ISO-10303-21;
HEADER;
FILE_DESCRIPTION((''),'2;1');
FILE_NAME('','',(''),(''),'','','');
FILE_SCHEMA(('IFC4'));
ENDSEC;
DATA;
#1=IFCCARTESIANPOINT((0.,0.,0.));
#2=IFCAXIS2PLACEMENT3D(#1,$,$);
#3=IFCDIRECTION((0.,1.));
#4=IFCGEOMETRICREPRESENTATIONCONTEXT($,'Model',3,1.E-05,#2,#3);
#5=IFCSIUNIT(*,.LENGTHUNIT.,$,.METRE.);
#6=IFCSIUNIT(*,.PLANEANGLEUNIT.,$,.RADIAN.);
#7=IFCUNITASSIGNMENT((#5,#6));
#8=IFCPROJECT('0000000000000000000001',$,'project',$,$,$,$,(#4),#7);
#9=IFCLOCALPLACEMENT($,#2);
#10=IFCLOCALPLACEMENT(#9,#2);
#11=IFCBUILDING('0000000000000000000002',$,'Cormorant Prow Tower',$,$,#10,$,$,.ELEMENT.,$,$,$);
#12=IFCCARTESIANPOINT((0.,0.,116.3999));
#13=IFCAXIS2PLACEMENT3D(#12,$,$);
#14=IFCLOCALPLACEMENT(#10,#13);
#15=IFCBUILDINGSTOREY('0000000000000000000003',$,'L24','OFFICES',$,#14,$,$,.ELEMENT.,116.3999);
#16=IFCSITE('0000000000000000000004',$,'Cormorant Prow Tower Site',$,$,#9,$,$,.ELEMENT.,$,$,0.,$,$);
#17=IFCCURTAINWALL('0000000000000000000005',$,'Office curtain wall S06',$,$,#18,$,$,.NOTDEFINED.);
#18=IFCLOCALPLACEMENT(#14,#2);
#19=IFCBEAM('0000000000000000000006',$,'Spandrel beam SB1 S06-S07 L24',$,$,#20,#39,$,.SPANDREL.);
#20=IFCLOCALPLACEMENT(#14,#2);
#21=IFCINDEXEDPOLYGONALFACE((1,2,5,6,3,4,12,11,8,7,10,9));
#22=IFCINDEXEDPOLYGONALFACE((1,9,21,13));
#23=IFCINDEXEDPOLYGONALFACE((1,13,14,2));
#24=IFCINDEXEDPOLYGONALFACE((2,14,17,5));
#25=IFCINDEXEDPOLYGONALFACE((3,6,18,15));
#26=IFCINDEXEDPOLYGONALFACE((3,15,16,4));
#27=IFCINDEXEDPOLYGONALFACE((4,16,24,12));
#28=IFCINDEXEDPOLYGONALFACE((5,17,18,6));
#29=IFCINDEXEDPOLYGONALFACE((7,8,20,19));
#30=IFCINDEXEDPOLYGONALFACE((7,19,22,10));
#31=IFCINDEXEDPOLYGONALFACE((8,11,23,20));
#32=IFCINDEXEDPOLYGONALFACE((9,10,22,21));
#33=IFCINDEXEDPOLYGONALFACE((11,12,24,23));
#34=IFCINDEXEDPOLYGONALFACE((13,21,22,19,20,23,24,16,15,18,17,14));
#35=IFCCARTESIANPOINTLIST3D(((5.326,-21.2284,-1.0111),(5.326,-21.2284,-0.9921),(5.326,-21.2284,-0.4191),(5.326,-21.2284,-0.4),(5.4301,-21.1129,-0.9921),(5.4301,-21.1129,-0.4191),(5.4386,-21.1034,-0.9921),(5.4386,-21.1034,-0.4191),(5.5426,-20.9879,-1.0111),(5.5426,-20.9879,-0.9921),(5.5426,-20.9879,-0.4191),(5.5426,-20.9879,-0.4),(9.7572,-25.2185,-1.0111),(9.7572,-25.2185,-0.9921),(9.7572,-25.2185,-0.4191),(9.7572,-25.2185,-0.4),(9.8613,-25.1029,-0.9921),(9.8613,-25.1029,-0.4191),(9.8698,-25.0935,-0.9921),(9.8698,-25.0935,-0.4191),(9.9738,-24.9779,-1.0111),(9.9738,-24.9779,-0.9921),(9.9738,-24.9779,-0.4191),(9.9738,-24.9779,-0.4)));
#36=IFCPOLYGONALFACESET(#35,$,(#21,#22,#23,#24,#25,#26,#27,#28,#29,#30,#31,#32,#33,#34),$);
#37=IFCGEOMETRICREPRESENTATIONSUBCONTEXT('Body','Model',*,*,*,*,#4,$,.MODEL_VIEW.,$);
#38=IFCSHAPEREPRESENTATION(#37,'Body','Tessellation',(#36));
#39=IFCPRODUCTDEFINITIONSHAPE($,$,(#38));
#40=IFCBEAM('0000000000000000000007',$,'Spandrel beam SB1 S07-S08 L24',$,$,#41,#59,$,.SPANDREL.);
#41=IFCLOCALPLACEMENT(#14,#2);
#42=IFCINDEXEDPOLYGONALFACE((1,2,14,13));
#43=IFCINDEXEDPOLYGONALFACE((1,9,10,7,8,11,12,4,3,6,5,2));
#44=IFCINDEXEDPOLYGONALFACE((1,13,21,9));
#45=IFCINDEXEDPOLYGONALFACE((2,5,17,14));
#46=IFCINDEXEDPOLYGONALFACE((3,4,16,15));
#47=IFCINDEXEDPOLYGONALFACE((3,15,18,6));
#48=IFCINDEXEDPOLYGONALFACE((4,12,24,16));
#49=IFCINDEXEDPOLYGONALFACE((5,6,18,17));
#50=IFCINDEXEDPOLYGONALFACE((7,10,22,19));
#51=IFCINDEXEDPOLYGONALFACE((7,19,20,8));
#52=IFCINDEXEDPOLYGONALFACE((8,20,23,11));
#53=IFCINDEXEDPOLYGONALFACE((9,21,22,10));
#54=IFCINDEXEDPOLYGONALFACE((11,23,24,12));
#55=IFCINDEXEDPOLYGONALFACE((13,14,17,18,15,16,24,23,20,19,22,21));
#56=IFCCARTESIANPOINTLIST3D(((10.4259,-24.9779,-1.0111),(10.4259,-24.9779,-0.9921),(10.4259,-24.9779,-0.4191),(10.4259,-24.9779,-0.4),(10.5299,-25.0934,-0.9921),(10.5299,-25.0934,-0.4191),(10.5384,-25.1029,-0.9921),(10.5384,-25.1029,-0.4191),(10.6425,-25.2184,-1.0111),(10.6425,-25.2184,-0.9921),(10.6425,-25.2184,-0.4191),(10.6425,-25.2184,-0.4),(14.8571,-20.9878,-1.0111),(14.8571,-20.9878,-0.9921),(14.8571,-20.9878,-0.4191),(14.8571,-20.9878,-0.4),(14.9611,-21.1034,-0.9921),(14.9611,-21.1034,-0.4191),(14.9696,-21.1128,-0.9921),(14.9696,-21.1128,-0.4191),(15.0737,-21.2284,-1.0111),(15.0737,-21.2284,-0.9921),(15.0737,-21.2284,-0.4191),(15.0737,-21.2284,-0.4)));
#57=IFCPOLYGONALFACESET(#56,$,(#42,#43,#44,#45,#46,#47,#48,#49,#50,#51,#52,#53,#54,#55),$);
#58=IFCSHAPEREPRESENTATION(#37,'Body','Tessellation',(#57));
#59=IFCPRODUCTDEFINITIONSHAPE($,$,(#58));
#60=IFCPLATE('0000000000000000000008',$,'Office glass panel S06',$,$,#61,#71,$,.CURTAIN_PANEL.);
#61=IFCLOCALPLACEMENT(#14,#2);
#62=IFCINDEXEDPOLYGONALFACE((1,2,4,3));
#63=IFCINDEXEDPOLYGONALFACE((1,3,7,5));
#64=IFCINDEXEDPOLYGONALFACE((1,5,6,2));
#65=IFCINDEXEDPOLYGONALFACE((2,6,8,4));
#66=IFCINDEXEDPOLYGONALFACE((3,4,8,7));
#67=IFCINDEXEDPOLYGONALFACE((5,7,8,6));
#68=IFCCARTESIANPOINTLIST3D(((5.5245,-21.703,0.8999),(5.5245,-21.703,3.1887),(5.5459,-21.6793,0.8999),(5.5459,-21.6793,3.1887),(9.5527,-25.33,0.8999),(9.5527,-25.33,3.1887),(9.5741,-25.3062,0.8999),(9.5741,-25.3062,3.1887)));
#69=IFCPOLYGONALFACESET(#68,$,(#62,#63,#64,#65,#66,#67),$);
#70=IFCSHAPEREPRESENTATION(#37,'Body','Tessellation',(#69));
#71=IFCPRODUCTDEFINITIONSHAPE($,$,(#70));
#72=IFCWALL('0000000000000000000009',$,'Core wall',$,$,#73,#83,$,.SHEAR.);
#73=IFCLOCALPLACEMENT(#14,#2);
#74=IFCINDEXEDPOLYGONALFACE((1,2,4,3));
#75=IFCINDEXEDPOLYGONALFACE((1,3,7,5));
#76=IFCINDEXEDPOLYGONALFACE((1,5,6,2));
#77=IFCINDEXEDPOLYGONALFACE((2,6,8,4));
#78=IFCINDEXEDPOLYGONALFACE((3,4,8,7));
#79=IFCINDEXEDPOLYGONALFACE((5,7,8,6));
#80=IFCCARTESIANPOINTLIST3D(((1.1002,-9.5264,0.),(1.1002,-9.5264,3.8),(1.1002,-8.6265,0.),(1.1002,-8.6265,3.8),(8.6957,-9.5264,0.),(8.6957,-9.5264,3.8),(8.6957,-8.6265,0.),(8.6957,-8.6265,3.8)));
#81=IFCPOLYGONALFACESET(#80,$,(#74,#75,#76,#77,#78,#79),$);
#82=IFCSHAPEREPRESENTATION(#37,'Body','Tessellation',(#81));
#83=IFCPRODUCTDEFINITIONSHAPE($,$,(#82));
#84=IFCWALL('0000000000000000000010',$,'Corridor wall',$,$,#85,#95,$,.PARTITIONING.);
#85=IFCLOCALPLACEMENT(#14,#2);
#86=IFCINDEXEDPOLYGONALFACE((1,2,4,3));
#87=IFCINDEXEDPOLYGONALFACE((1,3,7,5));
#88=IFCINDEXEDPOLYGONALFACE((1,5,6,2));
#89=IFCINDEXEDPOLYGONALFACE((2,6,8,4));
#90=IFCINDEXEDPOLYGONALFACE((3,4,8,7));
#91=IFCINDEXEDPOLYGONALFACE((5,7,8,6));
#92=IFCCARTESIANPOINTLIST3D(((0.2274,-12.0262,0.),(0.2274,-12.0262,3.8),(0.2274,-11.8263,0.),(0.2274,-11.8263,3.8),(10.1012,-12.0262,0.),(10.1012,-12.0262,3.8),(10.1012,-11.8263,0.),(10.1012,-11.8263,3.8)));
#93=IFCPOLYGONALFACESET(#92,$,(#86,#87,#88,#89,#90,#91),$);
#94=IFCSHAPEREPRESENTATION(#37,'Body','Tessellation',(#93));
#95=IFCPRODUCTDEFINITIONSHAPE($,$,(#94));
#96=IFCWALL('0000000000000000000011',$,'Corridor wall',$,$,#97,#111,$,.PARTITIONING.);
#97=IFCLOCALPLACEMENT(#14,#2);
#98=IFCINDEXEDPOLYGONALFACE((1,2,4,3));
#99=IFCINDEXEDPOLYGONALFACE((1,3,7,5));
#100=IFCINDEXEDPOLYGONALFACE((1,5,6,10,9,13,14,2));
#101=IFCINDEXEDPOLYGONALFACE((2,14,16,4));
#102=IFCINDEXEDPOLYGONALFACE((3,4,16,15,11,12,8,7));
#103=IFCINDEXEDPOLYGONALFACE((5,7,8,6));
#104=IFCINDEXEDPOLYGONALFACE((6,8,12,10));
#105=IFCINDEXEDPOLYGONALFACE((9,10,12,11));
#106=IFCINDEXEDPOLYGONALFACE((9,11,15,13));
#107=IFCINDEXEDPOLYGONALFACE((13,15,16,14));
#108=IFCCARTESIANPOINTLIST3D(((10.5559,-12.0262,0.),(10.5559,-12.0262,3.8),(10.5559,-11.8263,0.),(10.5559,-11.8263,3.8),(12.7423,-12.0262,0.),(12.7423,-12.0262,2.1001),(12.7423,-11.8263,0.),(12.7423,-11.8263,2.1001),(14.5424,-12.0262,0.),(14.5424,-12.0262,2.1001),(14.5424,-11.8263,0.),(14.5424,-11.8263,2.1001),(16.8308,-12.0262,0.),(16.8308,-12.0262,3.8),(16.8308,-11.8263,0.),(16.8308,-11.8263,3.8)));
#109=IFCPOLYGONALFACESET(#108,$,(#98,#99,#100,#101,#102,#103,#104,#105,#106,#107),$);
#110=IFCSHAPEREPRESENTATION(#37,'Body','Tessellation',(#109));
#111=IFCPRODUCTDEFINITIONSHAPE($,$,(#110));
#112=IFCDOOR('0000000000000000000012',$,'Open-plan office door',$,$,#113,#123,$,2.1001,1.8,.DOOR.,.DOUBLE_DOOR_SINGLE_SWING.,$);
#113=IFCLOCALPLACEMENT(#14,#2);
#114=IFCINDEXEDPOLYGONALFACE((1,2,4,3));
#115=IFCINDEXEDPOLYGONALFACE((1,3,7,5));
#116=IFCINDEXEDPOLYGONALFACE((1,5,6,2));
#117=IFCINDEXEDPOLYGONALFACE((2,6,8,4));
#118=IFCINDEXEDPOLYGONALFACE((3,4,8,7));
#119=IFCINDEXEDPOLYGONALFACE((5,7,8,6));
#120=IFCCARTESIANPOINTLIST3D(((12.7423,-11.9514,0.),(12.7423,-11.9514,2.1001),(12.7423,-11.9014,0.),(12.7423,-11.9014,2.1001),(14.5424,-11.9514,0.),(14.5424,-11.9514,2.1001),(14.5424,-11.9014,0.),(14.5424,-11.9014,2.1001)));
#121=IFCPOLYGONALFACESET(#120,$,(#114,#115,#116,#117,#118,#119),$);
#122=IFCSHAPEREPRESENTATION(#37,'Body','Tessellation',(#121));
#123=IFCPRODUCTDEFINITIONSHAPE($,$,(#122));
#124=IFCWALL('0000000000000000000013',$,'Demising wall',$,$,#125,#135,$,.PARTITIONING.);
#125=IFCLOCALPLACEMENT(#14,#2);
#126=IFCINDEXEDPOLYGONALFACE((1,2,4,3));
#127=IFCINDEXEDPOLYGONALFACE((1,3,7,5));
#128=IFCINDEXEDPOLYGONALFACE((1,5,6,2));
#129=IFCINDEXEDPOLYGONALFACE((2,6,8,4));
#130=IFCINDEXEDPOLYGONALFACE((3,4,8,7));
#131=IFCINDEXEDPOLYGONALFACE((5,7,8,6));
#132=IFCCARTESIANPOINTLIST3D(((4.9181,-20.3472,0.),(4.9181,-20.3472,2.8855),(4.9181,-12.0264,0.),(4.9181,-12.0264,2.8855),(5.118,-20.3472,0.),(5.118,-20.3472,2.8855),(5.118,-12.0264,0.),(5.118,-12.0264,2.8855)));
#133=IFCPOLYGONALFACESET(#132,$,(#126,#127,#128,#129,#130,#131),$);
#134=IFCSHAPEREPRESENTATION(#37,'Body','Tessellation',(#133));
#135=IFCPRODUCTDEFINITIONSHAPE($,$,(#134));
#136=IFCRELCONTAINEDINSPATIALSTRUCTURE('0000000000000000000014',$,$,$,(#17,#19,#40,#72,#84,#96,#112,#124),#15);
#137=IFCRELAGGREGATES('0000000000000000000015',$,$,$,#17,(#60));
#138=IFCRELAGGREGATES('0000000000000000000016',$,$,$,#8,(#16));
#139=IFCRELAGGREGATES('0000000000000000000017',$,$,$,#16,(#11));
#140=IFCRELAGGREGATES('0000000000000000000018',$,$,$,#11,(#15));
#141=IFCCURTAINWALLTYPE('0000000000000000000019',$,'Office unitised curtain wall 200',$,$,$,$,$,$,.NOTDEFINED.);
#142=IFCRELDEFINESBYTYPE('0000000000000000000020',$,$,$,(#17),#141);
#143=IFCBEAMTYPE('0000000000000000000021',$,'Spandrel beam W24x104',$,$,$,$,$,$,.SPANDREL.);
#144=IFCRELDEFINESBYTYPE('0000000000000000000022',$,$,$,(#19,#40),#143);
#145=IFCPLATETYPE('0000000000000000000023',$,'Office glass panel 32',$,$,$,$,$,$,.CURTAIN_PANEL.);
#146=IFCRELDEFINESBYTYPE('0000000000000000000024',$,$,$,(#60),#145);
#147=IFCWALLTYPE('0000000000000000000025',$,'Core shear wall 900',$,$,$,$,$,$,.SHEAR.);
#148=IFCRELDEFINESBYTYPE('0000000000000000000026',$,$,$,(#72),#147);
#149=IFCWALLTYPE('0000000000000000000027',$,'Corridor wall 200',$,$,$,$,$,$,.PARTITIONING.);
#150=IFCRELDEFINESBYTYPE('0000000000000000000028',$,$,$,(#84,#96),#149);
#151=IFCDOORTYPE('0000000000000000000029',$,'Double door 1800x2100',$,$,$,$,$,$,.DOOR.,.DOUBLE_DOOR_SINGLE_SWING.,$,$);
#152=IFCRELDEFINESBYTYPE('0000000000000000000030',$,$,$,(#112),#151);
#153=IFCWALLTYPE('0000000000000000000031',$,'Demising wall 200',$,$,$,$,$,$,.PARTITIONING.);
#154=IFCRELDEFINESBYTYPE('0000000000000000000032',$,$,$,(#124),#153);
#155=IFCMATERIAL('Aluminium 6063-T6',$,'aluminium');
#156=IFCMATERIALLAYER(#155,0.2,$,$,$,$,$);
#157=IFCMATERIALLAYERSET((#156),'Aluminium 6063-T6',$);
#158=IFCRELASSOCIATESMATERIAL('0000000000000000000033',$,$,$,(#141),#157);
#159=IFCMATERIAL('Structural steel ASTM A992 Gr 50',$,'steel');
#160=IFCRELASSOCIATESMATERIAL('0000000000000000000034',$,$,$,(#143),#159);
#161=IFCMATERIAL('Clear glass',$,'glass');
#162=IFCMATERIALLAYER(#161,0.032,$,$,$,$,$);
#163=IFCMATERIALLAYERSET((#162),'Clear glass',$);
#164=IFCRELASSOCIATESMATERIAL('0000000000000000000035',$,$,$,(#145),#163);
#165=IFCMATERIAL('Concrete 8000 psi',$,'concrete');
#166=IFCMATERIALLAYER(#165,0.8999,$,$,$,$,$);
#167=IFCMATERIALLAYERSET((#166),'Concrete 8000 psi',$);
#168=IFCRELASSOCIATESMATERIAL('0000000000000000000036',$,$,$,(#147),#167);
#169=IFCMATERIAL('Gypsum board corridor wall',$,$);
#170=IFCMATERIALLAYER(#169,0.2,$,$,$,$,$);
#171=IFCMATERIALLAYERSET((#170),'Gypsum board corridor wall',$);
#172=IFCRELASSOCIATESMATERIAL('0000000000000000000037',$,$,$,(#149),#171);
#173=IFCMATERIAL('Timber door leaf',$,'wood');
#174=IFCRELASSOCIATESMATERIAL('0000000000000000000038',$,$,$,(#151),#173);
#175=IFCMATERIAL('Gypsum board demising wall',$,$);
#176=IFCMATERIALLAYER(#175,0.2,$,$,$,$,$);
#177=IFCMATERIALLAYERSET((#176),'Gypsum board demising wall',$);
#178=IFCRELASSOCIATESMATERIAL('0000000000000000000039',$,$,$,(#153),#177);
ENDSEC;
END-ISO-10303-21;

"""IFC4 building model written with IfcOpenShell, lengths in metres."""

from ifc_helpers import new_model, si_unit, direction, frame, frame_2d, origin, origin_2d, place, context, subcontext, project, spatial, rectangle, i_section, extrude, material, layer, layer_set, material_profile, profile_set, type_object, element, fill, aggregate, save


model = new_model("IFC4")

# Units and contexts
model_context = context("Model", 3, precision=1e-05, world=origin(), true_north=direction((0.0, 1.0)))
body_context = subcontext(model_context, "Body", "Model", "MODEL_VIEW")
ifc_project = project(units=[si_unit("LENGTHUNIT", "METRE"), si_unit("PLANEANGLEUNIT", "RADIAN")], contexts=[model_context])

# Site, building, storey
site_placement = place(None, origin())
site = spatial("IfcSite", under=ifc_project, at=site_placement, Name="Cormorant Prow Tower Site", CompositionType="ELEMENT", RefElevation=0.0)
building_placement = place(site_placement, origin())
building = spatial("IfcBuilding", under=site, at=building_placement, Name="Cormorant Prow Tower", CompositionType="ELEMENT")
storey_placement = place(building_placement, frame((0.0, 0.0, 116.3999)))
storey = spatial("IfcBuildingStorey", under=building, at=storey_placement, Name="L24", Description="OFFICES", CompositionType="ELEMENT", Elevation=116.3999)

# Curtain wall
ifc_material_1 = material(Name="Aluminium 6063-T6", Category="aluminium")
ifc_layer_1 = layer(ifc_material_1, 0.2)
ifc_layer_set_1 = layer_set([ifc_layer_1], Name="Aluminium 6063-T6")
curtain_wall_type = type_object("IfcCurtainWallType", Name="Office unitised curtain wall 200", PredefinedType="NOTDEFINED", material=ifc_layer_set_1)
curtain_wall_1_placement = place(storey_placement, origin())
curtain_wall_1 = element("IfcCurtainWall", 1, at=curtain_wall_1_placement, inside=storey, type_object=curtain_wall_type, Name="Office curtain wall S06", PredefinedType="NOTDEFINED")

# Beams
ifc_material_2 = material(Name="Structural steel ASTM A992 Gr 50", Category="steel")
ifc_material_profile_1 = material_profile(ifc_material_2, i_section(OverallWidth=0.3237, OverallDepth=0.6111, WebThickness=0.0127, FlangeThickness=0.019, at=origin_2d()), Name="W24x104")
ifc_profile_set_1 = profile_set([ifc_material_profile_1], Name="Structural steel ASTM A992 Gr 50")
beam_type_1 = type_object("IfcBeamType", Name="Spandrel beam W24x104", PredefinedType="SPANDREL", material=ifc_profile_set_1)
for number, where, z_axis, x_axis, name in (
    (2, (5.4343, -21.1082, -0.7056), (0.743131, -0.669146, 0.0), (0.669146, 0.743131, 0.0), "Spandrel beam SB1 S06-S07 L24"),
    (3, (10.5342, -25.0981, -0.7056), (0.743131, 0.669146, 0.0), (-0.669146, 0.743131, 0.0), "Spandrel beam SB1 S07-S08 L24"),
):
    element("IfcBeam", number, at=place(storey_placement, frame(where, z_axis=z_axis, x_axis=x_axis)), inside=storey, type_object=beam_type_1, Name=name, PredefinedType="SPANDREL", context=body_context, shape_type="SweptSolid", body=[
        extrude(i_section(OverallWidth=0.3237, OverallDepth=0.6111, WebThickness=0.0127, FlangeThickness=0.019, at=origin_2d()), origin(), (0.0, 0.0, 1.0), 5.9629),
    ])

# Plate
ifc_material_3 = material(Name="Clear glass", Category="glass")
ifc_layer_2 = layer(ifc_material_3, 0.032)
ifc_layer_set_2 = layer_set([ifc_layer_2], Name="Clear glass")
plate_type = type_object("IfcPlateType", Name="Office glass panel 32", PredefinedType="CURTAIN_PANEL", material=ifc_layer_set_2)
plate_placement = place(storey_placement, frame((7.5493, -23.5046, 0.8999), z_axis=(0.0, 0.0, 1.0), x_axis=(0.743145, -0.669131, 0.0)))
plate = element("IfcPlate", 4, at=plate_placement, type_object=plate_type, Name="Office glass panel S06", PredefinedType="CURTAIN_PANEL", context=body_context, shape_type="SweptSolid", body=[
    extrude(rectangle(XDim=5.4204, YDim=0.032, at=origin_2d()), origin(), (0.0, 0.0, 1.0), 2.2888),
])
aggregate(curtain_wall_1, [plate])

# Walls
ifc_material_4 = material(Name="Concrete 8000 psi", Category="concrete")
ifc_layer_3 = layer(ifc_material_4, 0.8999)
ifc_layer_set_3 = layer_set([ifc_layer_3], Name="Concrete 8000 psi")
wall_type_1 = type_object("IfcWallType", Name="Core shear wall 900", PredefinedType="SHEAR", material=ifc_layer_set_3)
wall_1_placement = place(storey_placement, frame((1.1001, -9.0764, 0.0), z_axis=(0.0, 0.0, 1.0), x_axis=(1.0, 0.0, 0.0)))
element("IfcWall", 5, at=wall_1_placement, inside=storey, type_object=wall_type_1, Name="Core wall", PredefinedType="SHEAR", context=body_context, shape_type="SweptSolid", body=[
    extrude(rectangle(XDim=7.5955, YDim=0.8999, at=frame_2d((3.7979, 0.0))), origin(), (0.0, 0.0, 1.0), 3.8),
])
ifc_material_5 = material(Name="Gypsum board corridor wall")
ifc_layer_4 = layer(ifc_material_5, 0.2)
ifc_layer_set_4 = layer_set([ifc_layer_4], Name="Gypsum board corridor wall")
wall_type_2 = type_object("IfcWallType", Name="Corridor wall 200", PredefinedType="PARTITIONING", material=ifc_layer_set_4)
wall_2_placement = place(storey_placement, frame((0.2273, -11.9263, 0.0), z_axis=(0.0, 0.0, 1.0), x_axis=(1.0, 0.0, 0.0)))
element("IfcWall", 6, at=wall_2_placement, inside=storey, type_object=wall_type_2, Name="Corridor wall", PredefinedType="PARTITIONING", context=body_context, shape_type="SweptSolid", body=[
    extrude(rectangle(XDim=9.8738, YDim=0.2, at=frame_2d((4.937, 0.0))), origin(), (0.0, 0.0, 1.0), 3.8),
])

# Wall, opening, door
wall_3_placement = place(storey_placement, frame((10.5559, -11.9263, 0.0), z_axis=(0.0, 0.0, 1.0), x_axis=(1.0, 0.0, 0.0)))
wall_3 = element("IfcWall", 7, at=wall_3_placement, inside=storey, type_object=wall_type_2, Name="Corridor wall", PredefinedType="PARTITIONING", context=body_context, shape_type="SweptSolid", body=[
    extrude(rectangle(XDim=6.2749, YDim=0.2, at=frame_2d((3.1375, 0.0))), origin(), (0.0, 0.0, 1.0), 3.8),
])
opening_1_placement = place(wall_3_placement, frame((2.1865, 0.0, 0.0)))
opening_1 = element("IfcOpeningElement", 8, at=opening_1_placement, cuts=wall_3, PredefinedType="OPENING", context=body_context, shape_type="SweptSolid", body=[
    extrude(rectangle(XDim=1.8, YDim=2.1001, at=frame_2d((0.8999, 1.05))), frame((0.0, 0.1099, 0.0), z_axis=(0.0, -1.0, 0.0), x_axis=(1.0, 0.0, 0.0)), (0.0, 0.0, 1.0), 0.22),
])
ifc_material_6 = material(Name="Timber door leaf", Category="wood")
door_type_1 = type_object("IfcDoorType", Name="Double door 1800x2100", OperationType="DOUBLE_DOOR_SINGLE_SWING", PredefinedType="DOOR", material=ifc_material_6)
door_1_placement = place(opening_1_placement, origin())
door_1 = element("IfcDoor", 9, at=door_1_placement, inside=storey, type_object=door_type_1, Name="Open-plan office door", OperationType="DOUBLE_DOOR_SINGLE_SWING", OverallHeight=2.1001, OverallWidth=1.8, PredefinedType="DOOR", context=body_context, shape_type="SweptSolid", body=[
    extrude(rectangle(XDim=1.8, YDim=2.1001, at=frame_2d((0.8999, 1.05))), frame((0.0, 0.0249, 0.0), z_axis=(0.0, -1.0, 0.0), x_axis=(1.0, 0.0, 0.0)), (0.0, 0.0, 1.0), 0.05),
])
fill(opening_1, door_1)

# Wall
ifc_material_7 = material(Name="Gypsum board demising wall")
ifc_layer_5 = layer(ifc_material_7, 0.2)
ifc_layer_set_5 = layer_set([ifc_layer_5], Name="Gypsum board demising wall")
wall_type_3 = type_object("IfcWallType", Name="Demising wall 200", PredefinedType="PARTITIONING", material=ifc_layer_set_5)
wall_4_placement = place(storey_placement, frame((5.0181, -20.3472, 0.0), z_axis=(0.0, 0.0, 1.0), x_axis=(0.0, 1.0, 0.0)))
element("IfcWall", 10, at=wall_4_placement, inside=storey, type_object=wall_type_3, Name="Demising wall", PredefinedType="PARTITIONING", context=body_context, shape_type="SweptSolid", body=[
    extrude(rectangle(XDim=8.3208, YDim=0.2, at=frame_2d((4.1604, 0.0))), origin(), (0.0, 0.0, 1.0), 2.8855),
])

save(model, "model.ifc")
